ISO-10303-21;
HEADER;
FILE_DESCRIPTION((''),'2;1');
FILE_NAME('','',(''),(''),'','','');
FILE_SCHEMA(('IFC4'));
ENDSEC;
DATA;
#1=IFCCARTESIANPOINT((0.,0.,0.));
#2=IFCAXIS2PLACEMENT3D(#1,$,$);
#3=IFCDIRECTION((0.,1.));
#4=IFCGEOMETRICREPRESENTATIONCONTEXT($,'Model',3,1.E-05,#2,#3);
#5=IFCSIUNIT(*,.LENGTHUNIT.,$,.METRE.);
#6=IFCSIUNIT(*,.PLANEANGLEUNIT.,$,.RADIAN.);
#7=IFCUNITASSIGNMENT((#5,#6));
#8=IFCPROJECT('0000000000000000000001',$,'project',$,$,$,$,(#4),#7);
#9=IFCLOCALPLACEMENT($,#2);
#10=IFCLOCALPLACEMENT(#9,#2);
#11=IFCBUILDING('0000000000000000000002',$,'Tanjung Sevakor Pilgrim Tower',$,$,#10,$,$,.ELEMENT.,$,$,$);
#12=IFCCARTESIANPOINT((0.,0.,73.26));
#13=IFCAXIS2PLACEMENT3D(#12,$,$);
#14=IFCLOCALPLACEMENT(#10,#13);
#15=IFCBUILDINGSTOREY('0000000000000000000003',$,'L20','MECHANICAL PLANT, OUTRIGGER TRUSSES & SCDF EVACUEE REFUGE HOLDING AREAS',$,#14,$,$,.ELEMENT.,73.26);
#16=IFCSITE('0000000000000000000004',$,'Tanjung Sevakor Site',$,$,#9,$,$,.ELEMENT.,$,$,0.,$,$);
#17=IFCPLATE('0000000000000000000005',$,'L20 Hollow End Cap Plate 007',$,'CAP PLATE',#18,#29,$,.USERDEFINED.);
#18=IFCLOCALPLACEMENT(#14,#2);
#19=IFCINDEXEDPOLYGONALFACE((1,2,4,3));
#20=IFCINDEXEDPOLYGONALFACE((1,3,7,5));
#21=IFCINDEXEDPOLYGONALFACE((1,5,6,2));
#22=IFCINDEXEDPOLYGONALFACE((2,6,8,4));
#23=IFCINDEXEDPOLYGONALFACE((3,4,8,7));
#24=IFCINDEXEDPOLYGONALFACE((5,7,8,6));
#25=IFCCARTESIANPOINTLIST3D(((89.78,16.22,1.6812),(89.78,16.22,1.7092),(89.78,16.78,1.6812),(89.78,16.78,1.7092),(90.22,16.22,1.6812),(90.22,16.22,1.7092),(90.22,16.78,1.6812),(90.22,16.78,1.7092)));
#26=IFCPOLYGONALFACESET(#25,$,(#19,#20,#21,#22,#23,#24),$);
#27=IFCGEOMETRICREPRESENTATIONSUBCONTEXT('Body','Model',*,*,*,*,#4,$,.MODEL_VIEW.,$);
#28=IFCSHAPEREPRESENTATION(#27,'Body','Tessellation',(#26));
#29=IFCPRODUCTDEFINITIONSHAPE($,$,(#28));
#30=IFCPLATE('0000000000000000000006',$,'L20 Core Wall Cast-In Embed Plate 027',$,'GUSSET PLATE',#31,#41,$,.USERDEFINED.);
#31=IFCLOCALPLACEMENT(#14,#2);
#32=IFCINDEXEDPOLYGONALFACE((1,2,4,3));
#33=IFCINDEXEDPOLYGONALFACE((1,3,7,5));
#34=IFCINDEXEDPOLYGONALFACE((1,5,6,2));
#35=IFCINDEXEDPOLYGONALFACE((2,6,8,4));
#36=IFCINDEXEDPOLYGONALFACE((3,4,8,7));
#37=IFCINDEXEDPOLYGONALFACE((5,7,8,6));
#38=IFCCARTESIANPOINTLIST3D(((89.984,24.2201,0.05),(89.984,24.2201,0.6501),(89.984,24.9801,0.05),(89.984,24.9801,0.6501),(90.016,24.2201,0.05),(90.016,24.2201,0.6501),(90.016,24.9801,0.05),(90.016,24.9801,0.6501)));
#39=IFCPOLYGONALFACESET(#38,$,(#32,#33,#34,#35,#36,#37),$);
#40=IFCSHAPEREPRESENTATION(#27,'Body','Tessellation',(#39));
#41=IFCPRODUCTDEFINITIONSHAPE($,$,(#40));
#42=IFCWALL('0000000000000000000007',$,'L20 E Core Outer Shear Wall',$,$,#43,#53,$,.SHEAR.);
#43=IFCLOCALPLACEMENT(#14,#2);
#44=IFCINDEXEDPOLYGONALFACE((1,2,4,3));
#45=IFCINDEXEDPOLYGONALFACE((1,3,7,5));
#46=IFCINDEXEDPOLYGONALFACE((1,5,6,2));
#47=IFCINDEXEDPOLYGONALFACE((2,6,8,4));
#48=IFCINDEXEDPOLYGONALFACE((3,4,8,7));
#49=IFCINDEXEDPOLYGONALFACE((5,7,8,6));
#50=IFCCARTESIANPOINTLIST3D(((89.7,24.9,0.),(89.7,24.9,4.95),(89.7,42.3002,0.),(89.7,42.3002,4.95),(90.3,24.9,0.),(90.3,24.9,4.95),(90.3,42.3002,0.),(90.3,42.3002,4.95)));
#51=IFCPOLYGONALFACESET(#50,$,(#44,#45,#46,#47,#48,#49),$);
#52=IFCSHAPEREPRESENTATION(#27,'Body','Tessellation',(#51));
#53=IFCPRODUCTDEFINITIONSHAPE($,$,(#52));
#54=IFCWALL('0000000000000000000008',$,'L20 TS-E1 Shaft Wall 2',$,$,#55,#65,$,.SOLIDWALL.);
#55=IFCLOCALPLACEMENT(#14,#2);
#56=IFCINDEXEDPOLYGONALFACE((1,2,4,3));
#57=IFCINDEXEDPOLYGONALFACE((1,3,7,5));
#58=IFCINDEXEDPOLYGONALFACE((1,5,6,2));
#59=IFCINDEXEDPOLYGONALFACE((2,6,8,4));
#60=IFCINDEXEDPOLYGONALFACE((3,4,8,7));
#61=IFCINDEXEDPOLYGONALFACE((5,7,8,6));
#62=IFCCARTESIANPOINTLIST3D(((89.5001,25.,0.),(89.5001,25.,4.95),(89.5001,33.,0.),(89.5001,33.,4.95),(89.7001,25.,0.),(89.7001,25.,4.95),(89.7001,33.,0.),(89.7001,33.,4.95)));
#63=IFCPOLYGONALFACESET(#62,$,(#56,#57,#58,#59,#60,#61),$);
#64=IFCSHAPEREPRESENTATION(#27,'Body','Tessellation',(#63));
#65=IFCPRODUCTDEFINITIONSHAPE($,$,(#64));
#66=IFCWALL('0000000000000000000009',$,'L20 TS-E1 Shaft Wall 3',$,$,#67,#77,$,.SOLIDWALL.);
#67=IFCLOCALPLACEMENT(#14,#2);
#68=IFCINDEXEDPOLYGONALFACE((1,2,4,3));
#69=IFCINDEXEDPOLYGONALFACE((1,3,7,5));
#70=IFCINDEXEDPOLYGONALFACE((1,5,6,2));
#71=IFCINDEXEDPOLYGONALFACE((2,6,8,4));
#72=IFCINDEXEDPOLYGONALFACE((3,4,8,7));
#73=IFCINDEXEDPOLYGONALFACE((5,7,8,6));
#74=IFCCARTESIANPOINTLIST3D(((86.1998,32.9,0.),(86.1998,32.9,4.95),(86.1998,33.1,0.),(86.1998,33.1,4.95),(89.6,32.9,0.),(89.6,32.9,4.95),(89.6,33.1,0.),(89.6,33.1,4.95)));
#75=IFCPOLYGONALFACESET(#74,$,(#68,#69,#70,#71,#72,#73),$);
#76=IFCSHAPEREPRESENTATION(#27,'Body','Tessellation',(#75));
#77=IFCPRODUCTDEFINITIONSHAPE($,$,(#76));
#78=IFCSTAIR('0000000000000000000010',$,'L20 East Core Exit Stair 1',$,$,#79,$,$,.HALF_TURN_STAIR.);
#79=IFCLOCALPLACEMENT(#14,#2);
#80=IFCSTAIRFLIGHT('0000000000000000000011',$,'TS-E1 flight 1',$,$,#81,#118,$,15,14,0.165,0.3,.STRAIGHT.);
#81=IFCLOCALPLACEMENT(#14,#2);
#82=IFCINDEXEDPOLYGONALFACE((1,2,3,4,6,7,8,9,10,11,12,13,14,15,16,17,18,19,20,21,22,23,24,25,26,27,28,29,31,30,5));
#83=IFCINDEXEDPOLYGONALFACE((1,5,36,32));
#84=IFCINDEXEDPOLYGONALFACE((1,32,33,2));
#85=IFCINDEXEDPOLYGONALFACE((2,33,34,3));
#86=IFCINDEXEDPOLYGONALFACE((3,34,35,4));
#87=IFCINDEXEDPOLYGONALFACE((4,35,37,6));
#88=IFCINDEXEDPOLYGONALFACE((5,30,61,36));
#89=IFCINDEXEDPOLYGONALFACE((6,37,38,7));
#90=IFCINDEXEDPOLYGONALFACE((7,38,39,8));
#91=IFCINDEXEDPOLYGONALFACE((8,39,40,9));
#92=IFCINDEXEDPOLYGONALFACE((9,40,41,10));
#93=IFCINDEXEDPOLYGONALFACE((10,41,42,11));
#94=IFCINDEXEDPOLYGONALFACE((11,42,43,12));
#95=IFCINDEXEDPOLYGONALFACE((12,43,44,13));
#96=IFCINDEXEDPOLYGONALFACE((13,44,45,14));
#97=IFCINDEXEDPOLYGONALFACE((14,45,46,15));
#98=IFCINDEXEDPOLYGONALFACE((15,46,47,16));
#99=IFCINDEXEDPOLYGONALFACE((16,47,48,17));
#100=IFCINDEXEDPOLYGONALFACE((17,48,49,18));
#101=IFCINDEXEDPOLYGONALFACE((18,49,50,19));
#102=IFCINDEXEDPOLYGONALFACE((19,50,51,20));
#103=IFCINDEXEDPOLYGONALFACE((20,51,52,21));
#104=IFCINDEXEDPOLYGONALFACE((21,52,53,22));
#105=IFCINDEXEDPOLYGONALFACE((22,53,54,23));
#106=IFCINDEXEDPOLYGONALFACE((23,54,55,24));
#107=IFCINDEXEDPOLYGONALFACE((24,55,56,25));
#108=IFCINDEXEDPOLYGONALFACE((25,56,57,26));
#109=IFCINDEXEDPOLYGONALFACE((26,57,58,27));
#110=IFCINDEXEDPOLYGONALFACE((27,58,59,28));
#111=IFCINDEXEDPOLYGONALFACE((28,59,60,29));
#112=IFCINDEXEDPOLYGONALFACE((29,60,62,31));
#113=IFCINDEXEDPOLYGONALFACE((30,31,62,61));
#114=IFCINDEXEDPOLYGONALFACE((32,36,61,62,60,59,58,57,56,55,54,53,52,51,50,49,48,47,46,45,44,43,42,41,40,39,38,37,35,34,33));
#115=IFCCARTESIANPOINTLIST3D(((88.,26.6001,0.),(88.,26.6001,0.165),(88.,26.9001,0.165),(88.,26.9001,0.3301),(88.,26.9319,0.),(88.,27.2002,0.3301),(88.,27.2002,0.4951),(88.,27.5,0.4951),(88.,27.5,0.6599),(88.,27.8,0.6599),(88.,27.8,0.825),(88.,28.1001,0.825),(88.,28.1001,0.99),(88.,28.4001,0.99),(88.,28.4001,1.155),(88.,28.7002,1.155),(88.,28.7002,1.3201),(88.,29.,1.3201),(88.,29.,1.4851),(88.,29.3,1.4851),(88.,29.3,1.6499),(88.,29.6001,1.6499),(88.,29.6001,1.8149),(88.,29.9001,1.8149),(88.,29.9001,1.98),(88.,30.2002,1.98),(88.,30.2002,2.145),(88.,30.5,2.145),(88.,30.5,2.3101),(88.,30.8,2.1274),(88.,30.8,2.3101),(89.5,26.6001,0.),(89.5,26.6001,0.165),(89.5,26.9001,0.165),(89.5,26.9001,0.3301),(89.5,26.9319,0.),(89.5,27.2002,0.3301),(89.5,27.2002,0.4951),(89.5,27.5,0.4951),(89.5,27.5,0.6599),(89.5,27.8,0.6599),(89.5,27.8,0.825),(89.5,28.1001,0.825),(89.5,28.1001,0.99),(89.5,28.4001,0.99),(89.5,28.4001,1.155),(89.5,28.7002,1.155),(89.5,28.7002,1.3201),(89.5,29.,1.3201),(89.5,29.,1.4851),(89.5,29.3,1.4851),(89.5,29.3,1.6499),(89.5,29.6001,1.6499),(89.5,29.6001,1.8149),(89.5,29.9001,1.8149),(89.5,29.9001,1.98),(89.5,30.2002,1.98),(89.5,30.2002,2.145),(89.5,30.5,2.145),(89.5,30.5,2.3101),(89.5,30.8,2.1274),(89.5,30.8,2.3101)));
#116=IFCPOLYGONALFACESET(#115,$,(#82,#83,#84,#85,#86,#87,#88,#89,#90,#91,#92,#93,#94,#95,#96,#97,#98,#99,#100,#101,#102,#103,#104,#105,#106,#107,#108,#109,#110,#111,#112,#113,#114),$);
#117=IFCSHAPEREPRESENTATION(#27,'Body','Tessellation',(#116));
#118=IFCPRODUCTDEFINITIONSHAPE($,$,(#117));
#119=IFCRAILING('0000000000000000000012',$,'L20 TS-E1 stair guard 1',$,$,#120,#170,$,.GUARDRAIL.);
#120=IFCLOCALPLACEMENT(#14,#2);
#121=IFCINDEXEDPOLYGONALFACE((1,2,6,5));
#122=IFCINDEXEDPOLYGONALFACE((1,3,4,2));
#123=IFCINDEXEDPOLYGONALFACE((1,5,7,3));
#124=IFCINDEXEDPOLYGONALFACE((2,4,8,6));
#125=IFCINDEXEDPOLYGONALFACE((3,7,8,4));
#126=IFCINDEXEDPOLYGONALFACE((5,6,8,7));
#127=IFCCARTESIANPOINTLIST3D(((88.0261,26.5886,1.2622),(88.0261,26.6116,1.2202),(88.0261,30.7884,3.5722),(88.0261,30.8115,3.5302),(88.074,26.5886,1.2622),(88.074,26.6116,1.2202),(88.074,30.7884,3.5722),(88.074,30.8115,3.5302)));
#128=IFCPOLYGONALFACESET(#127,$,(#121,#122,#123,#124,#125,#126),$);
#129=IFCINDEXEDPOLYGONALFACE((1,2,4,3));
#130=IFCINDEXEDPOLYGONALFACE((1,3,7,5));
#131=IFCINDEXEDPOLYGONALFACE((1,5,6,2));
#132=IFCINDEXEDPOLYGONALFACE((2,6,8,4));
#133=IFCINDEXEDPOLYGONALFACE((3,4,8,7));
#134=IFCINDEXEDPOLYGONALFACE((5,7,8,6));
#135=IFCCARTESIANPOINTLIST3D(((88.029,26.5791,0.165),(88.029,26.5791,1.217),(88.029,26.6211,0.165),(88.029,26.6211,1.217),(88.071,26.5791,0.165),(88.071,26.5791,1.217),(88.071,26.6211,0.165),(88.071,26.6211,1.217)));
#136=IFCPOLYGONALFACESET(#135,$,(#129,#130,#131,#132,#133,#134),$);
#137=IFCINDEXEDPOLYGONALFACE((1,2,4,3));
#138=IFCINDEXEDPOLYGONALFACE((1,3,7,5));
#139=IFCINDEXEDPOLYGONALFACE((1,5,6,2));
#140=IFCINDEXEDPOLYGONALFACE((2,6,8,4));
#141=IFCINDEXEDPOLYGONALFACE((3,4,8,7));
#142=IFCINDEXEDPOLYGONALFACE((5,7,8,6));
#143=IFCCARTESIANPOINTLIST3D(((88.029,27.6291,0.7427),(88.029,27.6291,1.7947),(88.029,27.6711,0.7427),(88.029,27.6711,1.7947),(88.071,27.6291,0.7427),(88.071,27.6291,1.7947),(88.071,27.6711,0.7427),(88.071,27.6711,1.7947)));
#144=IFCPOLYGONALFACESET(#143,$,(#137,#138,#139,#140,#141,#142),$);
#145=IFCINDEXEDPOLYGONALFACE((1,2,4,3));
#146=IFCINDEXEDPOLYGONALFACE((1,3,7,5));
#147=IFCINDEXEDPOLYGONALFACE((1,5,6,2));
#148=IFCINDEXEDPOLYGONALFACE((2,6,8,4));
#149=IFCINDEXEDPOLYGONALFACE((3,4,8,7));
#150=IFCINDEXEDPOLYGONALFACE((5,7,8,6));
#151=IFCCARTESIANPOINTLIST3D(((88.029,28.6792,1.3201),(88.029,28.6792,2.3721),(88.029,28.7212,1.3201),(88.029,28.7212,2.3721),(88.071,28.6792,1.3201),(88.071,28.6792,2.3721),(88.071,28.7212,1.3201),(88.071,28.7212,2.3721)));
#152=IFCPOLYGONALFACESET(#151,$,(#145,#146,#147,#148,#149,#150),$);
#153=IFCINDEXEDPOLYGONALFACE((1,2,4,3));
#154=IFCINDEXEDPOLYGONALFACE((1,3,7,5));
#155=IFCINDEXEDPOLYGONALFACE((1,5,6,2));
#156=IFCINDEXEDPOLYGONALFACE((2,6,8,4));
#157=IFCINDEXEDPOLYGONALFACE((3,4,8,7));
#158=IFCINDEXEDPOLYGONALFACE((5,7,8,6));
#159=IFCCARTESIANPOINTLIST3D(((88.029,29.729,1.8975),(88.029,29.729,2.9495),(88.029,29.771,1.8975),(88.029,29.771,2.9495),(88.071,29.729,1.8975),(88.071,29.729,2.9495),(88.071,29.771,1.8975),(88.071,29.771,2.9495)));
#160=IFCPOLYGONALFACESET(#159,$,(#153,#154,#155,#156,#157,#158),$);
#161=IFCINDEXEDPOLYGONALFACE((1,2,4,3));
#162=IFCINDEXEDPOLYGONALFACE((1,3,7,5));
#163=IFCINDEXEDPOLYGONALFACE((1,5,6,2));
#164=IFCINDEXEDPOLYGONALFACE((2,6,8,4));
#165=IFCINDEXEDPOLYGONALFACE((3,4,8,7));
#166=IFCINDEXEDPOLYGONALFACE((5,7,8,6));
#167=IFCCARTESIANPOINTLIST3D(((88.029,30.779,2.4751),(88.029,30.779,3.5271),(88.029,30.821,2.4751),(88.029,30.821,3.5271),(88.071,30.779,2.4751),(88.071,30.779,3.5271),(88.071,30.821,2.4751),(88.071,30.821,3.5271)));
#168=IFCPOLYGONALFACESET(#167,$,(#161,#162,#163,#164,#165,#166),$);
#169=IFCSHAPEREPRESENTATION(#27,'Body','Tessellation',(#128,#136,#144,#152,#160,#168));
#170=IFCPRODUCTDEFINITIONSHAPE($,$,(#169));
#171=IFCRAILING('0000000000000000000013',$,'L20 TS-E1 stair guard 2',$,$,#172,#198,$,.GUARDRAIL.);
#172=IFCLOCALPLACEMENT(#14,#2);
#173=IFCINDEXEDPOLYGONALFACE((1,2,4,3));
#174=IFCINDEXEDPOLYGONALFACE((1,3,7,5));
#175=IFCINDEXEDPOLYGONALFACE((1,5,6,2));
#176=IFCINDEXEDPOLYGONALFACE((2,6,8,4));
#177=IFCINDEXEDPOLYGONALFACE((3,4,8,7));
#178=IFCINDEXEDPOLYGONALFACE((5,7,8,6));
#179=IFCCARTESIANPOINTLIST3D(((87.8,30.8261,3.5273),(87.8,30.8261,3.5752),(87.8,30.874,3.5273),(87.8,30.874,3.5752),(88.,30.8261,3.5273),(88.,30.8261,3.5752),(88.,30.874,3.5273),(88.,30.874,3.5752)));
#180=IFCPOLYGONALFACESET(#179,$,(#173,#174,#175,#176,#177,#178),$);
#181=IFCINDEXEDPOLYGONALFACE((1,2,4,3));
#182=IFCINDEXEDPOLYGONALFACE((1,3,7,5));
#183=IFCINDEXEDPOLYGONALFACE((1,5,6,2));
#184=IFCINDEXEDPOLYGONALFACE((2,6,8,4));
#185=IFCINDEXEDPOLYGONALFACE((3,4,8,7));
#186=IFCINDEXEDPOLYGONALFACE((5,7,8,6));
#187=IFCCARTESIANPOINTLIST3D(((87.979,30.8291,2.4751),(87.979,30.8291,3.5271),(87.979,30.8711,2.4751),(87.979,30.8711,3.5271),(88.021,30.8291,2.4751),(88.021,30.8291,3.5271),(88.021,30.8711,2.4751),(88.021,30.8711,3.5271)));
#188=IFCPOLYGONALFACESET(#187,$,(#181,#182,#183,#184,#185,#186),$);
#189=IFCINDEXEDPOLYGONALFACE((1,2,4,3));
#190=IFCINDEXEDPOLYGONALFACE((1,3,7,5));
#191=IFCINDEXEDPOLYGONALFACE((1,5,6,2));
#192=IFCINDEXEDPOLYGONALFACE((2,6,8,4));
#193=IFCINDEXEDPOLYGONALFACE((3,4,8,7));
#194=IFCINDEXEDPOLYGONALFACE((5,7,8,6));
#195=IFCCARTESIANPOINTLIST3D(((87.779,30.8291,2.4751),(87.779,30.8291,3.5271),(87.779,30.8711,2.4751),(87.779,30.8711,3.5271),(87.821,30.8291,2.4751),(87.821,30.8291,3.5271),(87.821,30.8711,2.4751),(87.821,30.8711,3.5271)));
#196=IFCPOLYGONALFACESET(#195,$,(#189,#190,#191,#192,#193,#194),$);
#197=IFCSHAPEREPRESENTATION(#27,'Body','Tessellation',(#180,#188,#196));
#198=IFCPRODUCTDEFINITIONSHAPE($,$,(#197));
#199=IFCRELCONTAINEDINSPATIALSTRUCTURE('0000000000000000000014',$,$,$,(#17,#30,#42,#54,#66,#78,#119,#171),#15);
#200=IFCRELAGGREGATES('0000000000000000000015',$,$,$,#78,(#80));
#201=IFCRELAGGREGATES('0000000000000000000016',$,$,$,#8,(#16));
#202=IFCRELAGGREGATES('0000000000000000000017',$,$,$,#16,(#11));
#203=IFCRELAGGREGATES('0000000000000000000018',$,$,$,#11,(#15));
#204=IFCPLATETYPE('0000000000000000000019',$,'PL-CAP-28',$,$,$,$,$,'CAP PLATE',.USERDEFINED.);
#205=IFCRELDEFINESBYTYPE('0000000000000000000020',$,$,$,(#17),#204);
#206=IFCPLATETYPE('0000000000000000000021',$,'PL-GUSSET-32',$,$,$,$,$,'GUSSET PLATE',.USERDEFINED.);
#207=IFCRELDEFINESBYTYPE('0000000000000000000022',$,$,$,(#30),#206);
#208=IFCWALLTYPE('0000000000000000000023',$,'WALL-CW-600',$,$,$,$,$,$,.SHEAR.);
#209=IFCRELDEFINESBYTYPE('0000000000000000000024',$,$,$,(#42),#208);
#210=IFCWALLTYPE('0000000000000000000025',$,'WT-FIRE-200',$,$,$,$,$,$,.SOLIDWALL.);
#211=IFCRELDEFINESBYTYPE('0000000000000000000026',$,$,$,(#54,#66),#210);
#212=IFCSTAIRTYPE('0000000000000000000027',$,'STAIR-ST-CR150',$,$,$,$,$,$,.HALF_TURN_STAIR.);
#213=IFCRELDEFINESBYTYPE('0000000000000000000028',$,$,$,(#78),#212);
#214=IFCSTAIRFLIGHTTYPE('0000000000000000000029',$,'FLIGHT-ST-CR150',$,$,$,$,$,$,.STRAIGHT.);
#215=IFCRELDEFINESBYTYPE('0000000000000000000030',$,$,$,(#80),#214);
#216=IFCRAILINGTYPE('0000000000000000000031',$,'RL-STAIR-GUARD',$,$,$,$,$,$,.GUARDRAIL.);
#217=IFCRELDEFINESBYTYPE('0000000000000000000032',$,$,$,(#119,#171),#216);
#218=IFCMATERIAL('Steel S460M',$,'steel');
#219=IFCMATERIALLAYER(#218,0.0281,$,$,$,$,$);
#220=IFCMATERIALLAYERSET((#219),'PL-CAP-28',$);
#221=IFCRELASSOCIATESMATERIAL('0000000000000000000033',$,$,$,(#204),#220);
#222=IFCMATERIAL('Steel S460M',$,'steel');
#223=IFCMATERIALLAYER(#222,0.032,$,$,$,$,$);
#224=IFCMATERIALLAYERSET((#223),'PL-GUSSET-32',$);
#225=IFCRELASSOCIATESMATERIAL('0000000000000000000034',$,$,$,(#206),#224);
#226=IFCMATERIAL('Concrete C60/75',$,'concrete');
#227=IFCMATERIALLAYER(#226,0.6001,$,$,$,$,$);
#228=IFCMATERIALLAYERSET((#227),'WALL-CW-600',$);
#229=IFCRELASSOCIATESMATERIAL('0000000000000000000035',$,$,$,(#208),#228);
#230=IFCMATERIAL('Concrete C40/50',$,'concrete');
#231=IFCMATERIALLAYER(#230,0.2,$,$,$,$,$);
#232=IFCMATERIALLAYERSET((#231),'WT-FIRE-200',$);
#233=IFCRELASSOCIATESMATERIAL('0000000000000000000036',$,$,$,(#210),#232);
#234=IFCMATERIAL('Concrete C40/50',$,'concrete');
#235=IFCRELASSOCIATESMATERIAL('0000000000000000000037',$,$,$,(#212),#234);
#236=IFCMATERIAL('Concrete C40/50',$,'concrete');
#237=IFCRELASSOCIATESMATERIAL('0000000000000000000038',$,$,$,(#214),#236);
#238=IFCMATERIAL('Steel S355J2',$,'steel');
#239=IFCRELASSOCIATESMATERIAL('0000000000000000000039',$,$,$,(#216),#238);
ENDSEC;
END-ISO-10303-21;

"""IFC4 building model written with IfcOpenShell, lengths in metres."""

from ifc_helpers import new_model, si_unit, direction, frame, frame_2d, origin, origin_2d, place, context, subcontext, project, spatial, polyline, rectangle, outline, extrude, material, layer, layer_set, type_object, element, aggregate, save


model = new_model("IFC4")

# Units and contexts
model_context = context("Model", 3, precision=1e-05, world=origin(), true_north=direction((0.0, 1.0)))
body_context = subcontext(model_context, "Body", "Model", "MODEL_VIEW")
ifc_project = project(units=[si_unit("LENGTHUNIT", "METRE"), si_unit("PLANEANGLEUNIT", "RADIAN")], contexts=[model_context])

# Site, building, storey
site_placement = place(None, origin())
site = spatial("IfcSite", under=ifc_project, at=site_placement, Name="Tanjung Sevakor Site", CompositionType="ELEMENT", RefElevation=0.0)
building_placement = place(site_placement, origin())
building = spatial("IfcBuilding", under=site, at=building_placement, Name="Tanjung Sevakor Pilgrim Tower", CompositionType="ELEMENT")
storey_placement = place(building_placement, frame((0.0, 0.0, 73.26)))
storey = spatial("IfcBuildingStorey", under=building, at=storey_placement, Name="L20", Description="MECHANICAL PLANT, OUTRIGGER TRUSSES & SCDF EVACUEE REFUGE HOLDING AREAS", CompositionType="ELEMENT", Elevation=73.26)

# Plates
ifc_material_1 = material(Name="Steel S460M", Category="steel")
ifc_layer_1 = layer(ifc_material_1, 0.0281)
ifc_layer_set_1 = layer_set([ifc_layer_1], Name="PL-CAP-28")
plate_type_1 = type_object("IfcPlateType", Name="PL-CAP-28", ElementType="CAP PLATE", PredefinedType="USERDEFINED", material=ifc_layer_set_1)
plate_1_placement = place(storey_placement, frame((90.0, 16.5, 1.6812), z_axis=(0.0, 0.0, 1.0), x_axis=(1.0, 0.0, 0.0)))
element("IfcPlate", 1, at=plate_1_placement, inside=storey, type_object=plate_type_1, Name="L20 Hollow End Cap Plate 007", ObjectType="CAP PLATE", PredefinedType="USERDEFINED", context=body_context, shape_type="SweptSolid", body=[
    extrude(rectangle(XDim=0.4399, YDim=0.5601, at=origin_2d()), origin(), (0.0, 0.0, 1.0), 0.0281),
])
ifc_material_2 = material(Name="Steel S460M", Category="steel")
ifc_layer_2 = layer(ifc_material_2, 0.032)
ifc_layer_set_2 = layer_set([ifc_layer_2], Name="PL-GUSSET-32")
plate_type_2 = type_object("IfcPlateType", Name="PL-GUSSET-32", ElementType="GUSSET PLATE", PredefinedType="USERDEFINED", material=ifc_layer_set_2)
plate_2_placement = place(storey_placement, frame((90.0, 24.6001, 0.05), z_axis=(0.0, 0.0, 1.0), x_axis=(1.0, 0.0, 0.0)))
element("IfcPlate", 2, at=plate_2_placement, inside=storey, type_object=plate_type_2, Name="L20 Core Wall Cast-In Embed Plate 027", ObjectType="GUSSET PLATE", PredefinedType="USERDEFINED", context=body_context, shape_type="SweptSolid", body=[
    extrude(rectangle(XDim=0.032, YDim=0.76, at=origin_2d()), origin(), (0.0, 0.0, 1.0), 0.6001),
])

# Walls
ifc_material_3 = material(Name="Concrete C60/75", Category="concrete")
ifc_layer_3 = layer(ifc_material_3, 0.6001)
ifc_layer_set_3 = layer_set([ifc_layer_3], Name="WALL-CW-600")
wall_type_1 = type_object("IfcWallType", Name="WALL-CW-600", PredefinedType="SHEAR", material=ifc_layer_set_3)
wall_1_placement = place(storey_placement, frame((90.0, 24.8999, 0.0), z_axis=(0.0, 0.0, 1.0), x_axis=(0.0, 1.0, 0.0)))
element("IfcWall", 3, at=wall_1_placement, inside=storey, type_object=wall_type_1, Name="L20 E Core Outer Shear Wall", PredefinedType="SHEAR", context=body_context, shape_type="SweptSolid", body=[
    extrude(rectangle(XDim=17.4001, YDim=0.6001, at=frame_2d((8.7002, 0.0))), origin(), (0.0, 0.0, 1.0), 4.95),
])
ifc_material_4 = material(Name="Concrete C40/50", Category="concrete")
ifc_layer_4 = layer(ifc_material_4, 0.2)
ifc_layer_set_4 = layer_set([ifc_layer_4], Name="WT-FIRE-200")
wall_type_2 = type_object("IfcWallType", Name="WT-FIRE-200", PredefinedType="SOLIDWALL", material=ifc_layer_set_4)
wall_2_placement = place(storey_placement, frame((89.6001, 25.0, 0.0), z_axis=(0.0, 0.0, 1.0), x_axis=(0.0, 1.0, 0.0)))
element("IfcWall", 4, at=wall_2_placement, inside=storey, type_object=wall_type_2, Name="L20 TS-E1 Shaft Wall 2", PredefinedType="SOLIDWALL", context=body_context, shape_type="SweptSolid", body=[
    extrude(rectangle(XDim=8.0, YDim=0.2, at=frame_2d((4.0, 0.0))), origin(), (0.0, 0.0, 1.0), 4.95),
])
wall_3_placement = place(storey_placement, frame((89.6001, 33.0, 0.0), z_axis=(0.0, 0.0, 1.0), x_axis=(-1.0, 0.0, 0.0)))
element("IfcWall", 5, at=wall_3_placement, inside=storey, type_object=wall_type_2, Name="L20 TS-E1 Shaft Wall 3", PredefinedType="SOLIDWALL", context=body_context, shape_type="SweptSolid", body=[
    extrude(rectangle(XDim=3.4001, YDim=0.2, at=frame_2d((1.7002, 0.0))), origin(), (0.0, 0.0, 1.0), 4.95),
])

# Stair, stair flight
ifc_material_5 = material(Name="Concrete C40/50", Category="concrete")
stair_type = type_object("IfcStairType", Name="STAIR-ST-CR150", PredefinedType="HALF_TURN_STAIR", material=ifc_material_5)
stair_placement = place(storey_placement, origin())
stair = element("IfcStair", 6, at=stair_placement, inside=storey, type_object=stair_type, Name="L20 East Core Exit Stair 1", PredefinedType="HALF_TURN_STAIR")
ifc_material_6 = material(Name="Concrete C40/50", Category="concrete")
stair_flight_type = type_object("IfcStairFlightType", Name="FLIGHT-ST-CR150", PredefinedType="STRAIGHT", material=ifc_material_6)
stair_flight_placement = place(storey_placement, frame((88.75, 26.6001, 0.0), z_axis=(0.0, 0.0, 1.0), x_axis=(0.0, 1.0, 0.0)))
stair_flight = element("IfcStairFlight", 7, at=stair_flight_placement, type_object=stair_flight_type, Name="TS-E1 flight 1", NumberOfRisers=15, NumberOfTreads=14, PredefinedType="STRAIGHT", RiserHeight=0.165, TreadLength=0.3, context=body_context, shape_type="SweptSolid", body=[
    extrude(outline(polyline([(0.0, 0.0), (0.0, 0.165), (0.3, 0.165), (0.3, 0.3301), (0.6001, 0.3301), (0.6001, 0.4951), (0.8999, 0.4951), (0.8999, 0.6599), (1.2, 0.6599), (1.2, 0.825), (1.5, 0.825), (1.5, 0.99), (1.8, 0.99), (1.8, 1.155), (2.1001, 1.155), (2.1001, 1.3201), (2.3999, 1.3201), (2.3999, 1.4851), (2.7, 1.4851), (2.7, 1.6499), (3.0, 1.6499), (3.0, 1.8149), (3.3, 1.8149), (3.3, 1.98), (3.6001, 1.98), (3.6001, 2.145), (3.8999, 2.145), (3.8999, 2.3101), (4.2, 2.3101), (4.2, 2.4751), (4.2, 2.1274), (0.3318, 0.0), (0.0, 0.0)])), frame((0.0, 0.75, 0.0), z_axis=(0.0, -1.0, 0.0), x_axis=(1.0, 0.0, 0.0)), (0.0, 0.0, 1.0), 1.5),
])
aggregate(stair, [stair_flight])

# Railings
ifc_material_7 = material(Name="Steel S355J2", Category="steel")
railing_type_1 = type_object("IfcRailingType", Name="RL-STAIR-GUARD", PredefinedType="GUARDRAIL", material=ifc_material_7)
railing_1_placement = place(storey_placement, frame((88.05, 26.6001, 0.165)))
element("IfcRailing", 8, at=railing_1_placement, inside=storey, type_object=railing_type_1, Name="L20 TS-E1 stair guard 1", PredefinedType="GUARDRAIL", context=body_context, shape_type="SweptSolid", body=[
    extrude(rectangle(XDim=0.0479, YDim=0.0479), frame((0.0, 0.0, 1.0762), z_axis=(0.0, 0.876208, 0.481932), x_axis=(-1.0, 0.0, 0.0)), (0.0, 0.0, 1.0), 4.7932),
    extrude(rectangle(XDim=0.042, YDim=0.042), origin(), (0.0, 0.0, 1.0), 1.052),
    extrude(rectangle(XDim=0.042, YDim=0.042), frame((0.0, 1.05, 0.5776)), (0.0, 0.0, 1.0), 1.052),
    extrude(rectangle(XDim=0.042, YDim=0.042), frame((0.0, 2.1001, 1.155)), (0.0, 0.0, 1.0), 1.052),
    extrude(rectangle(XDim=0.042, YDim=0.042), frame((0.0, 3.1499, 1.7324)), (0.0, 0.0, 1.0), 1.052),
    extrude(rectangle(XDim=0.042, YDim=0.042), frame((0.0, 4.2, 2.3101)), (0.0, 0.0, 1.0), 1.052),
])
for number, where, name in (
    (9, (88.0, 30.8501, 2.4751), "L20 TS-E1 stair guard 2"),
):
    element("IfcRailing", number, at=place(storey_placement, frame(where)), inside=storey, type_object=railing_type_1, Name=name, PredefinedType="GUARDRAIL", context=body_context, shape_type="SweptSolid", body=[
        extrude(rectangle(XDim=0.0479, YDim=0.0479), frame((0.0, 0.0, 1.0762), z_axis=(-1.0, 0.0, 0.0), x_axis=(0.0, -1.0, 0.0)), (0.0, 0.0, 1.0), 0.2),
        extrude(rectangle(XDim=0.042, YDim=0.042), origin(), (0.0, 0.0, 1.0), 1.052),
        extrude(rectangle(XDim=0.042, YDim=0.042), frame((-0.2, 0.0, 0.0)), (0.0, 0.0, 1.0), 1.052),
    ])

save(model, "model.ifc")
